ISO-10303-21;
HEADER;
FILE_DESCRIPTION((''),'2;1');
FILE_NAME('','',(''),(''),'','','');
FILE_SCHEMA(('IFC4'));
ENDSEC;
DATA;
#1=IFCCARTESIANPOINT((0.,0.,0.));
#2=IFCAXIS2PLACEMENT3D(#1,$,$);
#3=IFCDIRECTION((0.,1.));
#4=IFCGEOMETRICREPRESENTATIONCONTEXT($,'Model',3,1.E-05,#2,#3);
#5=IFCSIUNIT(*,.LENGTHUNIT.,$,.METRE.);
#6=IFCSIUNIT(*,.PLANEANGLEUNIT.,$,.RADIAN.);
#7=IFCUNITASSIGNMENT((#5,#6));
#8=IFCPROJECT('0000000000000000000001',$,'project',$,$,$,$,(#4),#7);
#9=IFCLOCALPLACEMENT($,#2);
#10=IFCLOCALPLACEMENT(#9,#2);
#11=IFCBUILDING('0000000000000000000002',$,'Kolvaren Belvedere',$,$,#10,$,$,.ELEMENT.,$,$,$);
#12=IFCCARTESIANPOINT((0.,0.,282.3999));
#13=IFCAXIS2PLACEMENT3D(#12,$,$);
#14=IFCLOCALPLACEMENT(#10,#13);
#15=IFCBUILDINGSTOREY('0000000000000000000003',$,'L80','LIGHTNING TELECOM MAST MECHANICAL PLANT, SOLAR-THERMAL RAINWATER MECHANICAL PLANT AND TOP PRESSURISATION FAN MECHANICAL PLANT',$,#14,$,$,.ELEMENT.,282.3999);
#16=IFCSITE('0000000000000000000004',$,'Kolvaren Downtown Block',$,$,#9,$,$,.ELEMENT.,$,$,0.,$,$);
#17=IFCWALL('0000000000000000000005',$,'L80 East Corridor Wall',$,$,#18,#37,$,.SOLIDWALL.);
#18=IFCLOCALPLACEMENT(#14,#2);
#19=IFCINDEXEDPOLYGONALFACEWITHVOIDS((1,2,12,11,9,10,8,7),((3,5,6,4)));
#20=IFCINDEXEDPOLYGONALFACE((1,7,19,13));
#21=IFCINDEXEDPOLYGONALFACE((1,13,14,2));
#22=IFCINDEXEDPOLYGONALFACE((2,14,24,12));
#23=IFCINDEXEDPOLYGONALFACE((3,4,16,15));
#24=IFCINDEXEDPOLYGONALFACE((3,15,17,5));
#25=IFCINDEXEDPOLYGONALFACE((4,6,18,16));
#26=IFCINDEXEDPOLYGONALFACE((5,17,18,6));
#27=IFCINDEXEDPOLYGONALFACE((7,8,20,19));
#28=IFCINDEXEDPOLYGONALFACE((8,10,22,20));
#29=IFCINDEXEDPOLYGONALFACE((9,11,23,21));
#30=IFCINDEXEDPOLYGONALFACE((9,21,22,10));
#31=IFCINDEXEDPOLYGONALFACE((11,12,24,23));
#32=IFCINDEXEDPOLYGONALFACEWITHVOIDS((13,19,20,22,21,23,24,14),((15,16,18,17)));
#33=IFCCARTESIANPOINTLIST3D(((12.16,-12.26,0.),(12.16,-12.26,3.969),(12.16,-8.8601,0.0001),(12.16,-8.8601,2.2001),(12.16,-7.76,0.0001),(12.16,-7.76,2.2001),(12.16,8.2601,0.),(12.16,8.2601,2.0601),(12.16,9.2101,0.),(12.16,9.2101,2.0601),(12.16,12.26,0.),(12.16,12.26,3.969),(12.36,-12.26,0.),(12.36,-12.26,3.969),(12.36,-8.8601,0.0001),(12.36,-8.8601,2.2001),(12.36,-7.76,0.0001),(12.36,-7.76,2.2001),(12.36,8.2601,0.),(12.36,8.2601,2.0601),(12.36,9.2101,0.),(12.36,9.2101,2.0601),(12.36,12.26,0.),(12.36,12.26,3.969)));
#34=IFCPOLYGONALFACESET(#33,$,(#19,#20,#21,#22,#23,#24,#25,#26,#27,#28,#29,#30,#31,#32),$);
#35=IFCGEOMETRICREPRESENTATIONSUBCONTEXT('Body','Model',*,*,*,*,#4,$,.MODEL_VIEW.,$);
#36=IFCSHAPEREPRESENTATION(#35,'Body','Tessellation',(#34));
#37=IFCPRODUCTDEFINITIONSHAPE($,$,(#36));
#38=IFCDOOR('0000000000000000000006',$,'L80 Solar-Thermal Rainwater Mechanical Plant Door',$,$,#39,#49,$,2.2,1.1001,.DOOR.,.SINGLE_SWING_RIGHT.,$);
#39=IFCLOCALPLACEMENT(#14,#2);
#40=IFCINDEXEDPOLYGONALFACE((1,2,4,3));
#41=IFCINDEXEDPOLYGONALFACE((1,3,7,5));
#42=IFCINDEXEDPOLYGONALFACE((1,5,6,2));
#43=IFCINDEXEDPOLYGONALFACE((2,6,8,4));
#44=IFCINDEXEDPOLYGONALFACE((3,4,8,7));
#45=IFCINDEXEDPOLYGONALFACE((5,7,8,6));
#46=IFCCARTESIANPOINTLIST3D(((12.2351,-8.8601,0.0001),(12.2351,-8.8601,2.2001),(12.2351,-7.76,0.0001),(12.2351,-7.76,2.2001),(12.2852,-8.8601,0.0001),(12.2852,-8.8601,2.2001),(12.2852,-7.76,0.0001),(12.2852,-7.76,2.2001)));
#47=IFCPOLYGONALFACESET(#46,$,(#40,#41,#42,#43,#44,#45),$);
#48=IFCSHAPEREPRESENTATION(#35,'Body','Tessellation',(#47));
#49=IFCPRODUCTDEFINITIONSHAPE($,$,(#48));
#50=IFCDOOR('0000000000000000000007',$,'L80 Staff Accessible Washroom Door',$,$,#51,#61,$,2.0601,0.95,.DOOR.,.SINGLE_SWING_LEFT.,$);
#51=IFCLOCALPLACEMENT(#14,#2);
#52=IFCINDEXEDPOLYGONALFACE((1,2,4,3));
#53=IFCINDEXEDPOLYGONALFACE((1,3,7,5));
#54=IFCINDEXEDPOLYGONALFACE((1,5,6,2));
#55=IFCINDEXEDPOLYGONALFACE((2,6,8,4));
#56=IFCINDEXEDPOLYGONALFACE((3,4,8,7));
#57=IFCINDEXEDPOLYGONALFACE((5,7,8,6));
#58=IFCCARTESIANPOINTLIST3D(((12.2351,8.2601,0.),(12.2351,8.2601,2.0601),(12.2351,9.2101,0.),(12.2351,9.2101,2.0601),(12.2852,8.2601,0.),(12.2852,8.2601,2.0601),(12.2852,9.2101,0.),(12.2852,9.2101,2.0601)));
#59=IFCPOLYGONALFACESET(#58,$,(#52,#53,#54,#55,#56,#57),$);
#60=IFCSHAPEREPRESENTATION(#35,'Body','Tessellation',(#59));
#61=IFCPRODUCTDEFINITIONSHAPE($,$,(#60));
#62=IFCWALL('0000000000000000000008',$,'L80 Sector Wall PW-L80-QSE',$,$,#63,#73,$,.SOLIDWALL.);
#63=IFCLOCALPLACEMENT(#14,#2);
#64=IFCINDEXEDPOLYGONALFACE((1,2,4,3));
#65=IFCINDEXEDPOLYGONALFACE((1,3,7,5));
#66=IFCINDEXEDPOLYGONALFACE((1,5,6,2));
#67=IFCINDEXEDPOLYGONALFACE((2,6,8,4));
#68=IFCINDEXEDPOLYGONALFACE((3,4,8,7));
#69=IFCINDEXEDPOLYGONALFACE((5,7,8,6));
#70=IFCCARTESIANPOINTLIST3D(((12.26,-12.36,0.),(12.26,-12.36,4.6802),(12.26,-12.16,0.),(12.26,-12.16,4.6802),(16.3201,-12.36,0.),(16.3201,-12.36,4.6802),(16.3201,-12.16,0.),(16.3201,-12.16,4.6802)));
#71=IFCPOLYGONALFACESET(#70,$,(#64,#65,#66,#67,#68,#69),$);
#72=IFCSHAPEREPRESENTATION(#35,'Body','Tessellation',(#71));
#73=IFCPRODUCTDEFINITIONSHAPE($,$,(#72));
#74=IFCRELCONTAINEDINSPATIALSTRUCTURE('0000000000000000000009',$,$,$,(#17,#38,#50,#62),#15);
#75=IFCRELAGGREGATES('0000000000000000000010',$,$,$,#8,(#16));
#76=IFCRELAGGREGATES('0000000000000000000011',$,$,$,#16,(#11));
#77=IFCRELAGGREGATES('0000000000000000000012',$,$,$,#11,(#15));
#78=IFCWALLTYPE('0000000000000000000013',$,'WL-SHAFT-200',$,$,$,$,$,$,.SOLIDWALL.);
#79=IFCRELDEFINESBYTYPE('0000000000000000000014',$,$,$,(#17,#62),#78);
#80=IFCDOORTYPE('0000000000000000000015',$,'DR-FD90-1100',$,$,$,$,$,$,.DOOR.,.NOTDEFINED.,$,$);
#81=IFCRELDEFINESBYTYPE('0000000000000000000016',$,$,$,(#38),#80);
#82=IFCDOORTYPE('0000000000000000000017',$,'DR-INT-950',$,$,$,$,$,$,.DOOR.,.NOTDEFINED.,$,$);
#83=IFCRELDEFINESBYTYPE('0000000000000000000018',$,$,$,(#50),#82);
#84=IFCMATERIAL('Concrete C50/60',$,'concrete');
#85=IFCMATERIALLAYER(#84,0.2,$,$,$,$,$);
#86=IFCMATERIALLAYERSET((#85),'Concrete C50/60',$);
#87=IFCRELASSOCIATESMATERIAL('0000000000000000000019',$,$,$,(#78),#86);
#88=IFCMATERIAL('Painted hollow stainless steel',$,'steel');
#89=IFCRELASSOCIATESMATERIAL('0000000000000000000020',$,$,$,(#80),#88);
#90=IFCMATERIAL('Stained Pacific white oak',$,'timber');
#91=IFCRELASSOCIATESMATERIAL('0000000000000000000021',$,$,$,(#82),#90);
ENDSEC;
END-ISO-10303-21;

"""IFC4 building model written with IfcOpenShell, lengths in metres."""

from ifc_helpers import new_model, si_unit, direction, frame, frame_2d, origin, place, context, subcontext, project, spatial, rectangle, extrude, material, layer, layer_set, type_object, element, fill, save


model = new_model("IFC4")

# Units and contexts
model_context = context("Model", 3, precision=1e-05, world=origin(), true_north=direction((0.0, 1.0)))
body_context = subcontext(model_context, "Body", "Model", "MODEL_VIEW")
ifc_project = project(units=[si_unit("LENGTHUNIT", "METRE"), si_unit("PLANEANGLEUNIT", "RADIAN")], contexts=[model_context])

# Site, building, storey
site_placement = place(None, origin())
site = spatial("IfcSite", under=ifc_project, at=site_placement, Name="Kolvaren Downtown Block", CompositionType="ELEMENT", RefElevation=0.0)
building_placement = place(site_placement, origin())
building = spatial("IfcBuilding", under=site, at=building_placement, Name="Kolvaren Belvedere", CompositionType="ELEMENT")
storey_placement = place(building_placement, frame((0.0, 0.0, 282.3999)))
storey = spatial("IfcBuildingStorey", under=building, at=storey_placement, Name="L80", Description="LIGHTNING TELECOM MAST MECHANICAL PLANT, SOLAR-THERMAL RAINWATER MECHANICAL PLANT AND TOP PRESSURISATION FAN MECHANICAL PLANT", CompositionType="ELEMENT", Elevation=282.3999)

# Wall, openings, doors
ifc_material_1 = material(Name="Concrete C50/60", Category="concrete")
ifc_layer_1 = layer(ifc_material_1, 0.2)
ifc_layer_set_1 = layer_set([ifc_layer_1], Name="Concrete C50/60")
wall_type_1 = type_object("IfcWallType", Name="WL-SHAFT-200", PredefinedType="SOLIDWALL", material=ifc_layer_set_1)
wall_1_placement = place(storey_placement, frame((12.26, -12.26, 0.0), z_axis=(0.0, 0.0, 1.0), x_axis=(0.0, 1.0, 0.0)))
wall_1 = element("IfcWall", 1, at=wall_1_placement, inside=storey, type_object=wall_type_1, Name="L80 East Corridor Wall", PredefinedType="SOLIDWALL", context=body_context, shape_type="SweptSolid", body=[
    extrude(rectangle(XDim=24.52, YDim=0.2, at=frame_2d((12.26, 0.0))), origin(), (0.0, 0.0, 1.0), 3.969),
])
opening_1_placement = place(wall_1_placement, frame((3.3999, 0.0, 0.0)))
opening_1 = element("IfcOpeningElement", 2, at=opening_1_placement, cuts=wall_1, PredefinedType="OPENING", context=body_context, shape_type="SweptSolid", body=[
    extrude(rectangle(XDim=1.1001, YDim=2.2, at=frame_2d((0.55, 1.1001))), frame((0.0, 0.1099, 0.0), z_axis=(0.0, -1.0, 0.0), x_axis=(1.0, 0.0, 0.0)), (0.0, 0.0, 1.0), 0.22),
])
opening_2_placement = place(wall_1_placement, frame((20.52, 0.0, 0.0)))
opening_2 = element("IfcOpeningElement", 3, at=opening_2_placement, cuts=wall_1, PredefinedType="OPENING", context=body_context, shape_type="SweptSolid", body=[
    extrude(rectangle(XDim=0.95, YDim=2.0601, at=frame_2d((0.4751, 1.03))), frame((0.0, 0.1099, 0.0), z_axis=(0.0, -1.0, 0.0), x_axis=(1.0, 0.0, 0.0)), (0.0, 0.0, 1.0), 0.22),
])
ifc_material_2 = material(Name="Painted hollow stainless steel", Category="steel")
door_type_1 = type_object("IfcDoorType", Name="DR-FD90-1100", OperationType="NOTDEFINED", PredefinedType="DOOR", material=ifc_material_2)
door_1_placement = place(opening_1_placement, origin())
door_1 = element("IfcDoor", 4, at=door_1_placement, inside=storey, type_object=door_type_1, Name="L80 Solar-Thermal Rainwater Mechanical Plant Door", OperationType="SINGLE_SWING_RIGHT", OverallHeight=2.2, OverallWidth=1.1001, PredefinedType="DOOR", context=body_context, shape_type="SweptSolid", body=[
    extrude(rectangle(XDim=1.1001, YDim=2.2, at=frame_2d((0.55, 1.1001))), frame((0.0, 0.0249, 0.0), z_axis=(0.0, -1.0, 0.0), x_axis=(1.0, 0.0, 0.0)), (0.0, 0.0, 1.0), 0.05),
])
fill(opening_1, door_1)
ifc_material_3 = material(Name="Stained Pacific white oak", Category="timber")
door_type_2 = type_object("IfcDoorType", Name="DR-INT-950", OperationType="NOTDEFINED", PredefinedType="DOOR", material=ifc_material_3)
door_2_placement = place(opening_2_placement, origin())
door_2 = element("IfcDoor", 5, at=door_2_placement, inside=storey, type_object=door_type_2, Name="L80 Staff Accessible Washroom Door", OperationType="SINGLE_SWING_LEFT", OverallHeight=2.0601, OverallWidth=0.95, PredefinedType="DOOR", context=body_context, shape_type="SweptSolid", body=[
    extrude(rectangle(XDim=0.95, YDim=2.0601, at=frame_2d((0.4751, 1.03))), frame((0.0, 0.0249, 0.0), z_axis=(0.0, -1.0, 0.0), x_axis=(1.0, 0.0, 0.0)), (0.0, 0.0, 1.0), 0.05),
])
fill(opening_2, door_2)

# Wall
wall_2_placement = place(storey_placement, frame((12.26, -12.26, 0.0), z_axis=(0.0, 0.0, 1.0), x_axis=(1.0, 0.0, 0.0)))
element("IfcWall", 6, at=wall_2_placement, inside=storey, type_object=wall_type_1, Name="L80 Sector Wall PW-L80-QSE", PredefinedType="SOLIDWALL", context=body_context, shape_type="SweptSolid", body=[
    extrude(rectangle(XDim=4.0601, YDim=0.2, at=frame_2d((2.03, 0.0))), origin(), (0.0, 0.0, 1.0), 4.6802),
])

save(model, "model.ifc")
